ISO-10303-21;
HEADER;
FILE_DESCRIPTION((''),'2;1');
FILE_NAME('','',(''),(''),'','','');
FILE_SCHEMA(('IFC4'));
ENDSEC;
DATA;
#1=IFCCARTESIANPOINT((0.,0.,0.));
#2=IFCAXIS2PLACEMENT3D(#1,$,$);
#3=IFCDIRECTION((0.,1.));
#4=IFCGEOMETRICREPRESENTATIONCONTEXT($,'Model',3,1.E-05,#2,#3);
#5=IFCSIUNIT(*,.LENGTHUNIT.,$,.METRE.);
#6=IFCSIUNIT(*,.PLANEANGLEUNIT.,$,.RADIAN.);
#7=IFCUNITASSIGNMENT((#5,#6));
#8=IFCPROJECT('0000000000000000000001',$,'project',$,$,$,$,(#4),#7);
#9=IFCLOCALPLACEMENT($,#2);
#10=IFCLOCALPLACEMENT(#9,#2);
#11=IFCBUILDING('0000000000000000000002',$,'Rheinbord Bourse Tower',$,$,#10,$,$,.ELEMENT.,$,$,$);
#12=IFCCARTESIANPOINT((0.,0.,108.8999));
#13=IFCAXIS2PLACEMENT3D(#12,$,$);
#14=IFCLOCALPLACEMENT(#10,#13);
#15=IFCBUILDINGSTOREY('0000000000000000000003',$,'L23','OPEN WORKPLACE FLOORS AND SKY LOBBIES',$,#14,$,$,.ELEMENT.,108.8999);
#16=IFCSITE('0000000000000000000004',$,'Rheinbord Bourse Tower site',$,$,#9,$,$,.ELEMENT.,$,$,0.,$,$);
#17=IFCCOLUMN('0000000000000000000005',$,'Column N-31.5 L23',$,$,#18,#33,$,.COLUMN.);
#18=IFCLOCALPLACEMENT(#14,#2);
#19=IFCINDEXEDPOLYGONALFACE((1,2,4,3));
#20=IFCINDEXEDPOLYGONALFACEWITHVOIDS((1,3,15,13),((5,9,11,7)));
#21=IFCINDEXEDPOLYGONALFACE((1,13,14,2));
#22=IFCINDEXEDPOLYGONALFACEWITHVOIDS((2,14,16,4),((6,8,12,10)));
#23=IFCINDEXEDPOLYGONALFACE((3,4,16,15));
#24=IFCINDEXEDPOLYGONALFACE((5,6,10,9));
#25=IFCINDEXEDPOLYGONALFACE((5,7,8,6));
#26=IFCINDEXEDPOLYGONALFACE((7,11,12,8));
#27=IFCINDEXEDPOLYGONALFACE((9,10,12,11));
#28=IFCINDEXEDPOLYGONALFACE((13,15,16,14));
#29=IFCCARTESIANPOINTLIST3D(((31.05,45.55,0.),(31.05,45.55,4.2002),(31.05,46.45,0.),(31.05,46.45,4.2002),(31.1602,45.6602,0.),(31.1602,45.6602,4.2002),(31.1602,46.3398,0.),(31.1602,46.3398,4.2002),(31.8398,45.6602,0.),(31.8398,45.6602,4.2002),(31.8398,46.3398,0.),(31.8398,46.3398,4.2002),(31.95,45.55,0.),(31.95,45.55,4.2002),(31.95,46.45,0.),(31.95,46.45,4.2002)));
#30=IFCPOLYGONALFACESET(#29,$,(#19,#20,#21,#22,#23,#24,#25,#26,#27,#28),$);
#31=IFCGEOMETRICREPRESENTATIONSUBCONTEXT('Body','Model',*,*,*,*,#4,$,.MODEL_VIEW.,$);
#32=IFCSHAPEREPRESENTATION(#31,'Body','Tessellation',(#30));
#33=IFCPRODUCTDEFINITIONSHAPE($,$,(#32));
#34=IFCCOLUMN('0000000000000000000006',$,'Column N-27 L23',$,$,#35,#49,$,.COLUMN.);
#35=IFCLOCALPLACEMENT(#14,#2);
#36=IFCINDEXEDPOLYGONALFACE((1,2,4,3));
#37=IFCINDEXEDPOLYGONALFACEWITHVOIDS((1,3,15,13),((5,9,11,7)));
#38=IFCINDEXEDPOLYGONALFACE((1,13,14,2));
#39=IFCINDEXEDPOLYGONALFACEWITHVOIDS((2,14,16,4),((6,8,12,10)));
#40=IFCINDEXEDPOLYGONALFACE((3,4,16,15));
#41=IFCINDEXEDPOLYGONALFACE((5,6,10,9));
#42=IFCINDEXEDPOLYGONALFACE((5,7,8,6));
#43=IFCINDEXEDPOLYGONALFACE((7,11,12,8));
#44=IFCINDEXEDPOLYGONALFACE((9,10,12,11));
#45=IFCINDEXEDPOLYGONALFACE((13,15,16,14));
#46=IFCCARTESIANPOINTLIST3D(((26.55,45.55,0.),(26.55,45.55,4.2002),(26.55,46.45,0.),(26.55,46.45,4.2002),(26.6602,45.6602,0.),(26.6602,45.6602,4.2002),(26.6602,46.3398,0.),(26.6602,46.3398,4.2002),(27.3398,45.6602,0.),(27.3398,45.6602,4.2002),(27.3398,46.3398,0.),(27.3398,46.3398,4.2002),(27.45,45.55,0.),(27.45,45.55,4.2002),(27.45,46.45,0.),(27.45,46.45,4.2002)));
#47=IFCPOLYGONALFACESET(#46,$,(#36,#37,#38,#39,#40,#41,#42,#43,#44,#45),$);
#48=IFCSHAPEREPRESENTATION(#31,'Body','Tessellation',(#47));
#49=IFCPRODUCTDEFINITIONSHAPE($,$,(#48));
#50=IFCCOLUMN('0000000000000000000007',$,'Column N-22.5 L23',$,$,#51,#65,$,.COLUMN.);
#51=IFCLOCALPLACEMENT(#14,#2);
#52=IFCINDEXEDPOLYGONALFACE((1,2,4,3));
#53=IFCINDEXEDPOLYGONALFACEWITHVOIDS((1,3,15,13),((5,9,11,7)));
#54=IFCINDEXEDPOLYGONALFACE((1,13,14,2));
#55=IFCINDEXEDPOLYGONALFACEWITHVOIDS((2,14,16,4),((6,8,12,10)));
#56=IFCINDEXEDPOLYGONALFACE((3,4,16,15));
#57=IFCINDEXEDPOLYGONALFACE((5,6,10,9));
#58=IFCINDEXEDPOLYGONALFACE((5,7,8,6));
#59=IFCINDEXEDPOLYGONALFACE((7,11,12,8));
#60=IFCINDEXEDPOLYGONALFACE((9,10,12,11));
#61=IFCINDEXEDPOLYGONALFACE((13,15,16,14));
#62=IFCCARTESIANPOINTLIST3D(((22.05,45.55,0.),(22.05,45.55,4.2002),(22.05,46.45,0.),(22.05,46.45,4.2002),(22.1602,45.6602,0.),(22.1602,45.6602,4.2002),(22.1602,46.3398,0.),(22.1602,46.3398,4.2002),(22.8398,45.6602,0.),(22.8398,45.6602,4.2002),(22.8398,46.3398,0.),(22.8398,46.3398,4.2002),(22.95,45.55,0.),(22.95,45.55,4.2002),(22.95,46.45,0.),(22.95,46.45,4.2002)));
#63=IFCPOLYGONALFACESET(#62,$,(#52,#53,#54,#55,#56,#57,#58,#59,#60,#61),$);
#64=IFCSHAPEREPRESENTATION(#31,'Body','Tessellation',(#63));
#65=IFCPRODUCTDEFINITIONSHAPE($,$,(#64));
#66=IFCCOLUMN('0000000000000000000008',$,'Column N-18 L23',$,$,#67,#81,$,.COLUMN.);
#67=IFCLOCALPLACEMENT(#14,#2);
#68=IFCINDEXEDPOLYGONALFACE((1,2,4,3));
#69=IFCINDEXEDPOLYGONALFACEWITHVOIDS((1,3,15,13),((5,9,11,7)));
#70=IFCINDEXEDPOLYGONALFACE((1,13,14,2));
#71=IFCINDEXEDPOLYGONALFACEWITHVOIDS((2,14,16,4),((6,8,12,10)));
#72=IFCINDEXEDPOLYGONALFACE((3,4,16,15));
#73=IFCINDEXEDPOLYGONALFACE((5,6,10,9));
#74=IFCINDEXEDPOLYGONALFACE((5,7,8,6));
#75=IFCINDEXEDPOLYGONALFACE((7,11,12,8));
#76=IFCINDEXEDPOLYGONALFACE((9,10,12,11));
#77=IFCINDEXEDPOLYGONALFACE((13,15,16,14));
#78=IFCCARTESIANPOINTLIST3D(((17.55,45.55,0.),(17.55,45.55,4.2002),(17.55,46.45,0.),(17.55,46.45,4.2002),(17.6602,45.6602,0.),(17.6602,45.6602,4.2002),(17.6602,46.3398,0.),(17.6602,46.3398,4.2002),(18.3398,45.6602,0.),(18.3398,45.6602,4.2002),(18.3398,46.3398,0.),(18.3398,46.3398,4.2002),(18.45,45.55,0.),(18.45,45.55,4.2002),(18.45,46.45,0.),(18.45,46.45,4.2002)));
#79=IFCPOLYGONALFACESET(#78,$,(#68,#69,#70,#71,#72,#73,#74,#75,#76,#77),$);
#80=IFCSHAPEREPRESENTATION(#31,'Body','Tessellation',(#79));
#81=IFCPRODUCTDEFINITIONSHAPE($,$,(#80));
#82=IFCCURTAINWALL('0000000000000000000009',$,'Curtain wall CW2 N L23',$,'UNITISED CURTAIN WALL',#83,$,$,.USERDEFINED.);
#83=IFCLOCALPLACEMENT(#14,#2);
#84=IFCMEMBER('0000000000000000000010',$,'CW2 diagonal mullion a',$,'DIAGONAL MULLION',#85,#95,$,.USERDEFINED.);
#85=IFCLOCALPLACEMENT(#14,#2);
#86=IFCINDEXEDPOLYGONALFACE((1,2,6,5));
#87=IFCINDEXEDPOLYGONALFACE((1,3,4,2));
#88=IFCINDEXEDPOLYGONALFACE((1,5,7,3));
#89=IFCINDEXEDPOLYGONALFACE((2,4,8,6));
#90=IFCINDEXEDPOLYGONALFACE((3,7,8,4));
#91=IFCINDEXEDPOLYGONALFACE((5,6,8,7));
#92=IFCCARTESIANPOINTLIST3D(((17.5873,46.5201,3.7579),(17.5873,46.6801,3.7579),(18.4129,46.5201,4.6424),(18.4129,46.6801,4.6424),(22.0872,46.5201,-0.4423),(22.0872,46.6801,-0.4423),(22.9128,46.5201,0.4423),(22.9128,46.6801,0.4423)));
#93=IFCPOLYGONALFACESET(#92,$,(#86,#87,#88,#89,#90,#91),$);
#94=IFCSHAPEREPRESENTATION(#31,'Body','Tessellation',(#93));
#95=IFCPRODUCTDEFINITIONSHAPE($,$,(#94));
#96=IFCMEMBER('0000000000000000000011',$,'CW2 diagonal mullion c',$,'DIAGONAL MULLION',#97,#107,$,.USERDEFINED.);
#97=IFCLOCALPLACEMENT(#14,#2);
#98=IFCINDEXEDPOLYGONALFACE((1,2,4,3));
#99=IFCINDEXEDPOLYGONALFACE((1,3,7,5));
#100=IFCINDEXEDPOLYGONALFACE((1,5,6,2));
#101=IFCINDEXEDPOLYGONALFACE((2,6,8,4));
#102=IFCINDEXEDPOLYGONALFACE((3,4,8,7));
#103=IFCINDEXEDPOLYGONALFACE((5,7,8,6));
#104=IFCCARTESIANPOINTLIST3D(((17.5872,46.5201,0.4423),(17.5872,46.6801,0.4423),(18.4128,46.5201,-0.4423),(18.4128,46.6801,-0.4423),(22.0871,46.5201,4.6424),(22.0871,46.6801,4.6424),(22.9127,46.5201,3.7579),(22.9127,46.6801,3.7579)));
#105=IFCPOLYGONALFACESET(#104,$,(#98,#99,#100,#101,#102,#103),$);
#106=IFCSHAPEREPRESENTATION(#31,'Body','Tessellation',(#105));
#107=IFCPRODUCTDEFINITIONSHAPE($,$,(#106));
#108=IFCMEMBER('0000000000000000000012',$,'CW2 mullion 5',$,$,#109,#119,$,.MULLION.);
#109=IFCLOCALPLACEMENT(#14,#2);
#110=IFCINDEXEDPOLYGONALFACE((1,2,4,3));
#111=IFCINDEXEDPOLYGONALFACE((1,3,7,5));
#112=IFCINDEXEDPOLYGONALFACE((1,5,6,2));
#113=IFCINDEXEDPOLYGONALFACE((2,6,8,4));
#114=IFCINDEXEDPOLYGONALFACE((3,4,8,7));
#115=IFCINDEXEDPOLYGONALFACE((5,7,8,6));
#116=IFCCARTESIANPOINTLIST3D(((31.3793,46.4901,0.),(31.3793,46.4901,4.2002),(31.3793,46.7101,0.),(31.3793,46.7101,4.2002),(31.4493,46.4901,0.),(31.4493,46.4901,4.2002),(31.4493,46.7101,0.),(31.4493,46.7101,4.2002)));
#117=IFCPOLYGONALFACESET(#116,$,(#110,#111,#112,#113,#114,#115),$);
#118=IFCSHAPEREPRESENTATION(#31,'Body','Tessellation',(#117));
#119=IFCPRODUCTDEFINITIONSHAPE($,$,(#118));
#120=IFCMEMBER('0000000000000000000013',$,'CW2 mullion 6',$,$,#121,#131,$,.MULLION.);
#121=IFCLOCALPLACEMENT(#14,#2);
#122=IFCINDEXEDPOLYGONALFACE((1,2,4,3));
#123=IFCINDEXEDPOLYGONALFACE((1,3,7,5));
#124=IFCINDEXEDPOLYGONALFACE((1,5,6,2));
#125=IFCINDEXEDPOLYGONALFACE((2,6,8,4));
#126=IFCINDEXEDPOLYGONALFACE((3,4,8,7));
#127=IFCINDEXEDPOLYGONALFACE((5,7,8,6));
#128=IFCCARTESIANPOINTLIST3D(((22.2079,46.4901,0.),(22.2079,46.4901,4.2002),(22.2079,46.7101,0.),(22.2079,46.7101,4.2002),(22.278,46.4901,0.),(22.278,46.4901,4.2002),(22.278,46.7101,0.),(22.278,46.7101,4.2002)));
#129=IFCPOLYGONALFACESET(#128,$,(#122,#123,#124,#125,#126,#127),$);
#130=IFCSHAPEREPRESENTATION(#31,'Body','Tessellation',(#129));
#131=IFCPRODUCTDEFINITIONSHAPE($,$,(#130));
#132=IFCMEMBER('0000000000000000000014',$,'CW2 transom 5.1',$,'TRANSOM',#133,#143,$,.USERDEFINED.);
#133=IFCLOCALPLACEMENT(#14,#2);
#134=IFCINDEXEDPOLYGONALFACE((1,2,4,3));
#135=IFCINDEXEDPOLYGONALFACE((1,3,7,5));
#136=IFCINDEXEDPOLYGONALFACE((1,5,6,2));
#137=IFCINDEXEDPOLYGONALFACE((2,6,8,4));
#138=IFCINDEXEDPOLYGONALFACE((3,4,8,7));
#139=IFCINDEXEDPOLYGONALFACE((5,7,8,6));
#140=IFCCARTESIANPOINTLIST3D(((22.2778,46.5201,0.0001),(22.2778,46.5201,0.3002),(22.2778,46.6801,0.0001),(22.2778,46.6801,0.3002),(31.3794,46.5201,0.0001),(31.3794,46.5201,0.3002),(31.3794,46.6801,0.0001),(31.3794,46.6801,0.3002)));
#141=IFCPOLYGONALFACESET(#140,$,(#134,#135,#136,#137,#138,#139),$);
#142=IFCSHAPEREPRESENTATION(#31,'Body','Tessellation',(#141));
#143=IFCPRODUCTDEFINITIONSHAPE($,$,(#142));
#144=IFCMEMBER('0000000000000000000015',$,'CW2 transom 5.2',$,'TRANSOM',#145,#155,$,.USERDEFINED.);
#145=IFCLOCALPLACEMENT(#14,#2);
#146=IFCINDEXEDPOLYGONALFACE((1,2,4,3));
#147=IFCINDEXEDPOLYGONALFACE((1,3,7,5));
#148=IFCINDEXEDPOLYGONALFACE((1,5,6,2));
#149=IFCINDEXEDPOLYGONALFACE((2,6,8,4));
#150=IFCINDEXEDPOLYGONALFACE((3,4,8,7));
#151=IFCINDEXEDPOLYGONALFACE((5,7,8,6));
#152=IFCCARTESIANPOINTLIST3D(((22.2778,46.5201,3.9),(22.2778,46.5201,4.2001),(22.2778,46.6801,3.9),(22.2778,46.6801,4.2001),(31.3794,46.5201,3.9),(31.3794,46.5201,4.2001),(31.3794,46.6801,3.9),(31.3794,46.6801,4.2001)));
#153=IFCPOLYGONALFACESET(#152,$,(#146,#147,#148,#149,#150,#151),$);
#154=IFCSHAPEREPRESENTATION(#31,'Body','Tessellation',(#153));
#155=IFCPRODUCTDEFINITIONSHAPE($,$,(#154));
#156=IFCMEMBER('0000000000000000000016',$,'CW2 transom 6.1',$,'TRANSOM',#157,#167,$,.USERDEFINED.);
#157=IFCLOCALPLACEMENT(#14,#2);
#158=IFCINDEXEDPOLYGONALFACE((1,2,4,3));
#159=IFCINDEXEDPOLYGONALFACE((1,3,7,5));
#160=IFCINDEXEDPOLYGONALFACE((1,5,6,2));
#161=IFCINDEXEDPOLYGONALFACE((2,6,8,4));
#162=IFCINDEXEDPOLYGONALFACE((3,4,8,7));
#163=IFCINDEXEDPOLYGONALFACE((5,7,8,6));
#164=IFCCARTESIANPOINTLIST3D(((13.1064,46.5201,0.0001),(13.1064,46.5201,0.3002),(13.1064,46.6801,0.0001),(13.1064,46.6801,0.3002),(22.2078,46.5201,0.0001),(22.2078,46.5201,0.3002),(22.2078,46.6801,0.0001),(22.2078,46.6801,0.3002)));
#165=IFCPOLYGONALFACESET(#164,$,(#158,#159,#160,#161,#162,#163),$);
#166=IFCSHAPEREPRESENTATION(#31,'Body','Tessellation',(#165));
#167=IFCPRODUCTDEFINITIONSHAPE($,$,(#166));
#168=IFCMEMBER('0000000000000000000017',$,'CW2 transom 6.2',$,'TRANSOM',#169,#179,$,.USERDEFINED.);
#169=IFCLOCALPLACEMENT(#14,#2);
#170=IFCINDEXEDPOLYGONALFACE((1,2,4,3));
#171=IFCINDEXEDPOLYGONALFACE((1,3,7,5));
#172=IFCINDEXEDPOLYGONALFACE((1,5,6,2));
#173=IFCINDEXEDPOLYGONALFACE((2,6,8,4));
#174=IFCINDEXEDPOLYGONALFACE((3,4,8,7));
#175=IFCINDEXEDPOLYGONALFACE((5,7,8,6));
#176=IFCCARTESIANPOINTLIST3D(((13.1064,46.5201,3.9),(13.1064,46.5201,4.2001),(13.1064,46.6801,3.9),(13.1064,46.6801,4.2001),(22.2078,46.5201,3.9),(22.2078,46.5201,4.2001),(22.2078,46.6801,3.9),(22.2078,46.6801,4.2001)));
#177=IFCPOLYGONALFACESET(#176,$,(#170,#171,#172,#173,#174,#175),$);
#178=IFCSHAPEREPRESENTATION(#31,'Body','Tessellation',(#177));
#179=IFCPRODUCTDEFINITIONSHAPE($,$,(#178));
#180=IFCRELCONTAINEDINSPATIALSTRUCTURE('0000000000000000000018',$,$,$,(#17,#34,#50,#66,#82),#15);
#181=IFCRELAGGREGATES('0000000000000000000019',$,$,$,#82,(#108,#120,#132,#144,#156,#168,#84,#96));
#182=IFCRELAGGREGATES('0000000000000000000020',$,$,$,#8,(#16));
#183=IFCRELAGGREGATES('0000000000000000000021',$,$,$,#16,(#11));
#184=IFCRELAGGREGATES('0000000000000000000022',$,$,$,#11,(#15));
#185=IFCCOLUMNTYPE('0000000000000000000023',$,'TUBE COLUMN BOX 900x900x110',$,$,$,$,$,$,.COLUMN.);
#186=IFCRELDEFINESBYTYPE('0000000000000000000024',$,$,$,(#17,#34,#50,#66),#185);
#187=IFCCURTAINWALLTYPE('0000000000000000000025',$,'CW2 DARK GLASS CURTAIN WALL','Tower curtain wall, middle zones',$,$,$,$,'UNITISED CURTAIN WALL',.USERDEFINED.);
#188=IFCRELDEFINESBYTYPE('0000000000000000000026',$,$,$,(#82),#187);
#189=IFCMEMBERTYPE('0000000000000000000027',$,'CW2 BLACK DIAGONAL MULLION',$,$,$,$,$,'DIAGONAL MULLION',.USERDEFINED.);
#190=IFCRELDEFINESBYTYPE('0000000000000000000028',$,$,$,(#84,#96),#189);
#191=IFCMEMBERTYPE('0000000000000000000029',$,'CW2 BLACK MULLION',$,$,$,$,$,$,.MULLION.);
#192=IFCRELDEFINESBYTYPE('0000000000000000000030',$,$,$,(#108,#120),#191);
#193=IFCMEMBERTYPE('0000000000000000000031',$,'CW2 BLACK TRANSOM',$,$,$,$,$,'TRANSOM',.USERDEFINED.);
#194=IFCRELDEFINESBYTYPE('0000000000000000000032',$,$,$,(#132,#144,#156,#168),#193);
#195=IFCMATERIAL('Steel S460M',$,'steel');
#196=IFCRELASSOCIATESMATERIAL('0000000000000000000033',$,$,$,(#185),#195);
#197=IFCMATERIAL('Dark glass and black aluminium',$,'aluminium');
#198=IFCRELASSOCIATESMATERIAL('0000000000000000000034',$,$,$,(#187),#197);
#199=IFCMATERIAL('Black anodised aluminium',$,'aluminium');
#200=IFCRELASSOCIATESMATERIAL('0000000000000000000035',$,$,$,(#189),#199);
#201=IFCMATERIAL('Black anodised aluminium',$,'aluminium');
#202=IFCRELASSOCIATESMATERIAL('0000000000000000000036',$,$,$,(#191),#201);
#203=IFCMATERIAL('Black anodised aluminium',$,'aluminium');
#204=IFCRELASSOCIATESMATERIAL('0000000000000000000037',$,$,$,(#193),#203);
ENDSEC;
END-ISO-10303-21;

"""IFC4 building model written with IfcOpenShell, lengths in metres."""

from ifc_helpers import new_model, si_unit, direction, frame, origin, origin_2d, place, context, subcontext, project, spatial, rectangle, hollow_rectangle, extrude, material, material_profile, profile_set, type_object, element, aggregate, save


model = new_model("IFC4")

# Units and contexts
model_context = context("Model", 3, precision=1e-05, world=origin(), true_north=direction((0.0, 1.0)))
body_context = subcontext(model_context, "Body", "Model", "MODEL_VIEW")
ifc_project = project(units=[si_unit("LENGTHUNIT", "METRE"), si_unit("PLANEANGLEUNIT", "RADIAN")], contexts=[model_context])

# Site, building, storey
site_placement = place(None, origin())
site = spatial("IfcSite", under=ifc_project, at=site_placement, Name="Rheinbord Bourse Tower site", CompositionType="ELEMENT", RefElevation=0.0)
building_placement = place(site_placement, origin())
building = spatial("IfcBuilding", under=site, at=building_placement, Name="Rheinbord Bourse Tower", CompositionType="ELEMENT")
storey_placement = place(building_placement, frame((0.0, 0.0, 108.8999)))
storey = spatial("IfcBuildingStorey", under=building, at=storey_placement, Name="L23", Description="OPEN WORKPLACE FLOORS AND SKY LOBBIES", CompositionType="ELEMENT", Elevation=108.8999)

# Columns
ifc_material_1 = material(Name="Steel S460M", Category="steel")
ifc_material_profile_1 = material_profile(ifc_material_1, hollow_rectangle(XDim=0.8999, YDim=0.8999, WallThickness=0.1101, at=origin_2d()), Name="BOX 900x900x110")
ifc_profile_set_1 = profile_set([ifc_material_profile_1], Name="Steel S460M")
column_type = type_object("IfcColumnType", Name="TUBE COLUMN BOX 900x900x110", PredefinedType="COLUMN", material=ifc_profile_set_1)
for number, where, z_axis, x_axis, name in (
    (1, (31.5, 46.0, 0.0), (0.0, 0.0, 1.0), (0.0, 1.0, 0.0), "Column N-31.5 L23"),
    (2, (27.0, 46.0, 0.0), (0.0, 0.0, 1.0), (0.0, 1.0, 0.0), "Column N-27 L23"),
    (3, (22.5, 46.0, 0.0), (0.0, 0.0, 1.0), (0.0, 1.0, 0.0), "Column N-22.5 L23"),
    (4, (18.0, 46.0, 0.0), (0.0, 0.0, 1.0), (0.0, 1.0, 0.0), "Column N-18 L23"),
):
    element("IfcColumn", number, at=place(storey_placement, frame(where, z_axis=z_axis, x_axis=x_axis)), inside=storey, type_object=column_type, Name=name, PredefinedType="COLUMN", context=body_context, shape_type="SweptSolid", body=[
        extrude(hollow_rectangle(XDim=0.8999, YDim=0.8999, WallThickness=0.1101, at=origin_2d()), origin(), (0.0, 0.0, 1.0), 4.2002),
    ])

# Curtain wall, members
ifc_material_2 = material(Name="Dark glass and black aluminium", Category="aluminium")
curtain_wall_type = type_object("IfcCurtainWallType", Name="CW2 DARK GLASS CURTAIN WALL", Description="Tower curtain wall, middle zones", ElementType="UNITISED CURTAIN WALL", PredefinedType="USERDEFINED", material=ifc_material_2)
curtain_wall_placement = place(storey_placement, origin())
curtain_wall = element("IfcCurtainWall", 5, at=curtain_wall_placement, inside=storey, type_object=curtain_wall_type, Name="Curtain wall CW2 N L23", ObjectType="UNITISED CURTAIN WALL", PredefinedType="USERDEFINED")
ifc_material_3 = material(Name="Black anodised aluminium", Category="aluminium")
ifc_material_profile_2 = material_profile(ifc_material_3, rectangle(XDim=0.1599, YDim=1.21, at=origin_2d()), Name="CW2 DIAGONAL MULLION 1210x160")
ifc_profile_set_2 = profile_set([ifc_material_profile_2], Name="Black anodised aluminium")
member_type_1 = type_object("IfcMemberType", Name="CW2 BLACK DIAGONAL MULLION", ElementType="DIAGONAL MULLION", PredefinedType="USERDEFINED", material=ifc_profile_set_2)
member_1_placement = place(storey_placement, frame((22.5, 46.6001, 0.0), z_axis=(-0.731039, 0.0, 0.682335), x_axis=(0.0, -1.0, 0.0)))
member_1 = element("IfcMember", 6, at=member_1_placement, type_object=member_type_1, Name="CW2 diagonal mullion a", ObjectType="DIAGONAL MULLION", PredefinedType="USERDEFINED", context=body_context, shape_type="SweptSolid", body=[
    extrude(rectangle(XDim=0.1599, YDim=1.21, at=origin_2d()), origin(), (0.0, 0.0, 1.0), 6.1555),
])
member_2_placement = place(storey_placement, frame((18.0, 46.6001, 0.0), z_axis=(0.731039, 0.0, 0.682335), x_axis=(0.0, 1.0, 0.0)))
member_2 = element("IfcMember", 7, at=member_2_placement, type_object=member_type_1, Name="CW2 diagonal mullion c", ObjectType="DIAGONAL MULLION", PredefinedType="USERDEFINED", context=body_context, shape_type="SweptSolid", body=[
    extrude(rectangle(XDim=0.1599, YDim=1.21, at=origin_2d()), origin(), (0.0, 0.0, 1.0), 6.1555),
])
ifc_material_4 = material(Name="Black anodised aluminium", Category="aluminium")
ifc_material_profile_3 = material_profile(ifc_material_4, rectangle(XDim=0.22, YDim=0.0701, at=origin_2d()), Name="CW2 MULLION 70x220")
ifc_profile_set_3 = profile_set([ifc_material_profile_3], Name="Black anodised aluminium")
member_type_2 = type_object("IfcMemberType", Name="CW2 BLACK MULLION", PredefinedType="MULLION", material=ifc_profile_set_3)
member_3_placement = place(storey_placement, frame((31.4143, 46.6001, 0.0), z_axis=(0.0, 0.0, 1.0), x_axis=(0.0, -1.0, 0.0)))
member_3 = element("IfcMember", 8, at=member_3_placement, type_object=member_type_2, Name="CW2 mullion 5", PredefinedType="MULLION", context=body_context, shape_type="SweptSolid", body=[
    extrude(rectangle(XDim=0.22, YDim=0.0701, at=origin_2d()), origin(), (0.0, 0.0, 1.0), 4.2002),
])
member_4_placement = place(storey_placement, frame((22.2429, 46.6001, 0.0), z_axis=(0.0, 0.0, 1.0), x_axis=(0.0, -1.0, 0.0)))
member_4 = element("IfcMember", 9, at=member_4_placement, type_object=member_type_2, Name="CW2 mullion 6", PredefinedType="MULLION", context=body_context, shape_type="SweptSolid", body=[
    extrude(rectangle(XDim=0.22, YDim=0.0701, at=origin_2d()), origin(), (0.0, 0.0, 1.0), 4.2002),
])
ifc_material_5 = material(Name="Black anodised aluminium", Category="aluminium")
ifc_material_profile_4 = material_profile(ifc_material_5, rectangle(XDim=0.1599, YDim=0.3, at=origin_2d()), Name="CW2 TRANSOM 300x160")
ifc_profile_set_4 = profile_set([ifc_material_profile_4], Name="Black anodised aluminium")
member_type_3 = type_object("IfcMemberType", Name="CW2 BLACK TRANSOM", ElementType="TRANSOM", PredefinedType="USERDEFINED", material=ifc_profile_set_4)
member_5_placement = place(storey_placement, frame((31.3794, 46.6001, 0.1501), z_axis=(-1.0, 0.0, 0.0), x_axis=(0.0, -1.0, 0.0)))
member_5 = element("IfcMember", 10, at=member_5_placement, type_object=member_type_3, Name="CW2 transom 5.1", ObjectType="TRANSOM", PredefinedType="USERDEFINED", context=body_context, shape_type="SweptSolid", body=[
    extrude(rectangle(XDim=0.1599, YDim=0.3, at=origin_2d()), origin(), (0.0, 0.0, 1.0), 9.1016),
])
member_6_placement = place(storey_placement, frame((31.3794, 46.6001, 4.05), z_axis=(-1.0, 0.0, 0.0), x_axis=(0.0, -1.0, 0.0)))
member_6 = element("IfcMember", 11, at=member_6_placement, type_object=member_type_3, Name="CW2 transom 5.2", ObjectType="TRANSOM", PredefinedType="USERDEFINED", context=body_context, shape_type="SweptSolid", body=[
    extrude(rectangle(XDim=0.1599, YDim=0.3, at=origin_2d()), origin(), (0.0, 0.0, 1.0), 9.1016),
])
member_7_placement = place(storey_placement, frame((22.2078, 46.6001, 0.1501), z_axis=(-1.0, 0.0, 0.0), x_axis=(0.0, -1.0, 0.0)))
member_7 = element("IfcMember", 12, at=member_7_placement, type_object=member_type_3, Name="CW2 transom 6.1", ObjectType="TRANSOM", PredefinedType="USERDEFINED", context=body_context, shape_type="SweptSolid", body=[
    extrude(rectangle(XDim=0.1599, YDim=0.3, at=origin_2d()), origin(), (0.0, 0.0, 1.0), 9.1013),
])
member_8_placement = place(storey_placement, frame((22.2078, 46.6001, 4.05), z_axis=(-1.0, 0.0, 0.0), x_axis=(0.0, -1.0, 0.0)))
member_8 = element("IfcMember", 13, at=member_8_placement, type_object=member_type_3, Name="CW2 transom 6.2", ObjectType="TRANSOM", PredefinedType="USERDEFINED", context=body_context, shape_type="SweptSolid", body=[
    extrude(rectangle(XDim=0.1599, YDim=0.3, at=origin_2d()), origin(), (0.0, 0.0, 1.0), 9.1013),
])

aggregate(curtain_wall, [member_3, member_4, member_5, member_6, member_7, member_8, member_1, member_2])

save(model, "model.ifc")
